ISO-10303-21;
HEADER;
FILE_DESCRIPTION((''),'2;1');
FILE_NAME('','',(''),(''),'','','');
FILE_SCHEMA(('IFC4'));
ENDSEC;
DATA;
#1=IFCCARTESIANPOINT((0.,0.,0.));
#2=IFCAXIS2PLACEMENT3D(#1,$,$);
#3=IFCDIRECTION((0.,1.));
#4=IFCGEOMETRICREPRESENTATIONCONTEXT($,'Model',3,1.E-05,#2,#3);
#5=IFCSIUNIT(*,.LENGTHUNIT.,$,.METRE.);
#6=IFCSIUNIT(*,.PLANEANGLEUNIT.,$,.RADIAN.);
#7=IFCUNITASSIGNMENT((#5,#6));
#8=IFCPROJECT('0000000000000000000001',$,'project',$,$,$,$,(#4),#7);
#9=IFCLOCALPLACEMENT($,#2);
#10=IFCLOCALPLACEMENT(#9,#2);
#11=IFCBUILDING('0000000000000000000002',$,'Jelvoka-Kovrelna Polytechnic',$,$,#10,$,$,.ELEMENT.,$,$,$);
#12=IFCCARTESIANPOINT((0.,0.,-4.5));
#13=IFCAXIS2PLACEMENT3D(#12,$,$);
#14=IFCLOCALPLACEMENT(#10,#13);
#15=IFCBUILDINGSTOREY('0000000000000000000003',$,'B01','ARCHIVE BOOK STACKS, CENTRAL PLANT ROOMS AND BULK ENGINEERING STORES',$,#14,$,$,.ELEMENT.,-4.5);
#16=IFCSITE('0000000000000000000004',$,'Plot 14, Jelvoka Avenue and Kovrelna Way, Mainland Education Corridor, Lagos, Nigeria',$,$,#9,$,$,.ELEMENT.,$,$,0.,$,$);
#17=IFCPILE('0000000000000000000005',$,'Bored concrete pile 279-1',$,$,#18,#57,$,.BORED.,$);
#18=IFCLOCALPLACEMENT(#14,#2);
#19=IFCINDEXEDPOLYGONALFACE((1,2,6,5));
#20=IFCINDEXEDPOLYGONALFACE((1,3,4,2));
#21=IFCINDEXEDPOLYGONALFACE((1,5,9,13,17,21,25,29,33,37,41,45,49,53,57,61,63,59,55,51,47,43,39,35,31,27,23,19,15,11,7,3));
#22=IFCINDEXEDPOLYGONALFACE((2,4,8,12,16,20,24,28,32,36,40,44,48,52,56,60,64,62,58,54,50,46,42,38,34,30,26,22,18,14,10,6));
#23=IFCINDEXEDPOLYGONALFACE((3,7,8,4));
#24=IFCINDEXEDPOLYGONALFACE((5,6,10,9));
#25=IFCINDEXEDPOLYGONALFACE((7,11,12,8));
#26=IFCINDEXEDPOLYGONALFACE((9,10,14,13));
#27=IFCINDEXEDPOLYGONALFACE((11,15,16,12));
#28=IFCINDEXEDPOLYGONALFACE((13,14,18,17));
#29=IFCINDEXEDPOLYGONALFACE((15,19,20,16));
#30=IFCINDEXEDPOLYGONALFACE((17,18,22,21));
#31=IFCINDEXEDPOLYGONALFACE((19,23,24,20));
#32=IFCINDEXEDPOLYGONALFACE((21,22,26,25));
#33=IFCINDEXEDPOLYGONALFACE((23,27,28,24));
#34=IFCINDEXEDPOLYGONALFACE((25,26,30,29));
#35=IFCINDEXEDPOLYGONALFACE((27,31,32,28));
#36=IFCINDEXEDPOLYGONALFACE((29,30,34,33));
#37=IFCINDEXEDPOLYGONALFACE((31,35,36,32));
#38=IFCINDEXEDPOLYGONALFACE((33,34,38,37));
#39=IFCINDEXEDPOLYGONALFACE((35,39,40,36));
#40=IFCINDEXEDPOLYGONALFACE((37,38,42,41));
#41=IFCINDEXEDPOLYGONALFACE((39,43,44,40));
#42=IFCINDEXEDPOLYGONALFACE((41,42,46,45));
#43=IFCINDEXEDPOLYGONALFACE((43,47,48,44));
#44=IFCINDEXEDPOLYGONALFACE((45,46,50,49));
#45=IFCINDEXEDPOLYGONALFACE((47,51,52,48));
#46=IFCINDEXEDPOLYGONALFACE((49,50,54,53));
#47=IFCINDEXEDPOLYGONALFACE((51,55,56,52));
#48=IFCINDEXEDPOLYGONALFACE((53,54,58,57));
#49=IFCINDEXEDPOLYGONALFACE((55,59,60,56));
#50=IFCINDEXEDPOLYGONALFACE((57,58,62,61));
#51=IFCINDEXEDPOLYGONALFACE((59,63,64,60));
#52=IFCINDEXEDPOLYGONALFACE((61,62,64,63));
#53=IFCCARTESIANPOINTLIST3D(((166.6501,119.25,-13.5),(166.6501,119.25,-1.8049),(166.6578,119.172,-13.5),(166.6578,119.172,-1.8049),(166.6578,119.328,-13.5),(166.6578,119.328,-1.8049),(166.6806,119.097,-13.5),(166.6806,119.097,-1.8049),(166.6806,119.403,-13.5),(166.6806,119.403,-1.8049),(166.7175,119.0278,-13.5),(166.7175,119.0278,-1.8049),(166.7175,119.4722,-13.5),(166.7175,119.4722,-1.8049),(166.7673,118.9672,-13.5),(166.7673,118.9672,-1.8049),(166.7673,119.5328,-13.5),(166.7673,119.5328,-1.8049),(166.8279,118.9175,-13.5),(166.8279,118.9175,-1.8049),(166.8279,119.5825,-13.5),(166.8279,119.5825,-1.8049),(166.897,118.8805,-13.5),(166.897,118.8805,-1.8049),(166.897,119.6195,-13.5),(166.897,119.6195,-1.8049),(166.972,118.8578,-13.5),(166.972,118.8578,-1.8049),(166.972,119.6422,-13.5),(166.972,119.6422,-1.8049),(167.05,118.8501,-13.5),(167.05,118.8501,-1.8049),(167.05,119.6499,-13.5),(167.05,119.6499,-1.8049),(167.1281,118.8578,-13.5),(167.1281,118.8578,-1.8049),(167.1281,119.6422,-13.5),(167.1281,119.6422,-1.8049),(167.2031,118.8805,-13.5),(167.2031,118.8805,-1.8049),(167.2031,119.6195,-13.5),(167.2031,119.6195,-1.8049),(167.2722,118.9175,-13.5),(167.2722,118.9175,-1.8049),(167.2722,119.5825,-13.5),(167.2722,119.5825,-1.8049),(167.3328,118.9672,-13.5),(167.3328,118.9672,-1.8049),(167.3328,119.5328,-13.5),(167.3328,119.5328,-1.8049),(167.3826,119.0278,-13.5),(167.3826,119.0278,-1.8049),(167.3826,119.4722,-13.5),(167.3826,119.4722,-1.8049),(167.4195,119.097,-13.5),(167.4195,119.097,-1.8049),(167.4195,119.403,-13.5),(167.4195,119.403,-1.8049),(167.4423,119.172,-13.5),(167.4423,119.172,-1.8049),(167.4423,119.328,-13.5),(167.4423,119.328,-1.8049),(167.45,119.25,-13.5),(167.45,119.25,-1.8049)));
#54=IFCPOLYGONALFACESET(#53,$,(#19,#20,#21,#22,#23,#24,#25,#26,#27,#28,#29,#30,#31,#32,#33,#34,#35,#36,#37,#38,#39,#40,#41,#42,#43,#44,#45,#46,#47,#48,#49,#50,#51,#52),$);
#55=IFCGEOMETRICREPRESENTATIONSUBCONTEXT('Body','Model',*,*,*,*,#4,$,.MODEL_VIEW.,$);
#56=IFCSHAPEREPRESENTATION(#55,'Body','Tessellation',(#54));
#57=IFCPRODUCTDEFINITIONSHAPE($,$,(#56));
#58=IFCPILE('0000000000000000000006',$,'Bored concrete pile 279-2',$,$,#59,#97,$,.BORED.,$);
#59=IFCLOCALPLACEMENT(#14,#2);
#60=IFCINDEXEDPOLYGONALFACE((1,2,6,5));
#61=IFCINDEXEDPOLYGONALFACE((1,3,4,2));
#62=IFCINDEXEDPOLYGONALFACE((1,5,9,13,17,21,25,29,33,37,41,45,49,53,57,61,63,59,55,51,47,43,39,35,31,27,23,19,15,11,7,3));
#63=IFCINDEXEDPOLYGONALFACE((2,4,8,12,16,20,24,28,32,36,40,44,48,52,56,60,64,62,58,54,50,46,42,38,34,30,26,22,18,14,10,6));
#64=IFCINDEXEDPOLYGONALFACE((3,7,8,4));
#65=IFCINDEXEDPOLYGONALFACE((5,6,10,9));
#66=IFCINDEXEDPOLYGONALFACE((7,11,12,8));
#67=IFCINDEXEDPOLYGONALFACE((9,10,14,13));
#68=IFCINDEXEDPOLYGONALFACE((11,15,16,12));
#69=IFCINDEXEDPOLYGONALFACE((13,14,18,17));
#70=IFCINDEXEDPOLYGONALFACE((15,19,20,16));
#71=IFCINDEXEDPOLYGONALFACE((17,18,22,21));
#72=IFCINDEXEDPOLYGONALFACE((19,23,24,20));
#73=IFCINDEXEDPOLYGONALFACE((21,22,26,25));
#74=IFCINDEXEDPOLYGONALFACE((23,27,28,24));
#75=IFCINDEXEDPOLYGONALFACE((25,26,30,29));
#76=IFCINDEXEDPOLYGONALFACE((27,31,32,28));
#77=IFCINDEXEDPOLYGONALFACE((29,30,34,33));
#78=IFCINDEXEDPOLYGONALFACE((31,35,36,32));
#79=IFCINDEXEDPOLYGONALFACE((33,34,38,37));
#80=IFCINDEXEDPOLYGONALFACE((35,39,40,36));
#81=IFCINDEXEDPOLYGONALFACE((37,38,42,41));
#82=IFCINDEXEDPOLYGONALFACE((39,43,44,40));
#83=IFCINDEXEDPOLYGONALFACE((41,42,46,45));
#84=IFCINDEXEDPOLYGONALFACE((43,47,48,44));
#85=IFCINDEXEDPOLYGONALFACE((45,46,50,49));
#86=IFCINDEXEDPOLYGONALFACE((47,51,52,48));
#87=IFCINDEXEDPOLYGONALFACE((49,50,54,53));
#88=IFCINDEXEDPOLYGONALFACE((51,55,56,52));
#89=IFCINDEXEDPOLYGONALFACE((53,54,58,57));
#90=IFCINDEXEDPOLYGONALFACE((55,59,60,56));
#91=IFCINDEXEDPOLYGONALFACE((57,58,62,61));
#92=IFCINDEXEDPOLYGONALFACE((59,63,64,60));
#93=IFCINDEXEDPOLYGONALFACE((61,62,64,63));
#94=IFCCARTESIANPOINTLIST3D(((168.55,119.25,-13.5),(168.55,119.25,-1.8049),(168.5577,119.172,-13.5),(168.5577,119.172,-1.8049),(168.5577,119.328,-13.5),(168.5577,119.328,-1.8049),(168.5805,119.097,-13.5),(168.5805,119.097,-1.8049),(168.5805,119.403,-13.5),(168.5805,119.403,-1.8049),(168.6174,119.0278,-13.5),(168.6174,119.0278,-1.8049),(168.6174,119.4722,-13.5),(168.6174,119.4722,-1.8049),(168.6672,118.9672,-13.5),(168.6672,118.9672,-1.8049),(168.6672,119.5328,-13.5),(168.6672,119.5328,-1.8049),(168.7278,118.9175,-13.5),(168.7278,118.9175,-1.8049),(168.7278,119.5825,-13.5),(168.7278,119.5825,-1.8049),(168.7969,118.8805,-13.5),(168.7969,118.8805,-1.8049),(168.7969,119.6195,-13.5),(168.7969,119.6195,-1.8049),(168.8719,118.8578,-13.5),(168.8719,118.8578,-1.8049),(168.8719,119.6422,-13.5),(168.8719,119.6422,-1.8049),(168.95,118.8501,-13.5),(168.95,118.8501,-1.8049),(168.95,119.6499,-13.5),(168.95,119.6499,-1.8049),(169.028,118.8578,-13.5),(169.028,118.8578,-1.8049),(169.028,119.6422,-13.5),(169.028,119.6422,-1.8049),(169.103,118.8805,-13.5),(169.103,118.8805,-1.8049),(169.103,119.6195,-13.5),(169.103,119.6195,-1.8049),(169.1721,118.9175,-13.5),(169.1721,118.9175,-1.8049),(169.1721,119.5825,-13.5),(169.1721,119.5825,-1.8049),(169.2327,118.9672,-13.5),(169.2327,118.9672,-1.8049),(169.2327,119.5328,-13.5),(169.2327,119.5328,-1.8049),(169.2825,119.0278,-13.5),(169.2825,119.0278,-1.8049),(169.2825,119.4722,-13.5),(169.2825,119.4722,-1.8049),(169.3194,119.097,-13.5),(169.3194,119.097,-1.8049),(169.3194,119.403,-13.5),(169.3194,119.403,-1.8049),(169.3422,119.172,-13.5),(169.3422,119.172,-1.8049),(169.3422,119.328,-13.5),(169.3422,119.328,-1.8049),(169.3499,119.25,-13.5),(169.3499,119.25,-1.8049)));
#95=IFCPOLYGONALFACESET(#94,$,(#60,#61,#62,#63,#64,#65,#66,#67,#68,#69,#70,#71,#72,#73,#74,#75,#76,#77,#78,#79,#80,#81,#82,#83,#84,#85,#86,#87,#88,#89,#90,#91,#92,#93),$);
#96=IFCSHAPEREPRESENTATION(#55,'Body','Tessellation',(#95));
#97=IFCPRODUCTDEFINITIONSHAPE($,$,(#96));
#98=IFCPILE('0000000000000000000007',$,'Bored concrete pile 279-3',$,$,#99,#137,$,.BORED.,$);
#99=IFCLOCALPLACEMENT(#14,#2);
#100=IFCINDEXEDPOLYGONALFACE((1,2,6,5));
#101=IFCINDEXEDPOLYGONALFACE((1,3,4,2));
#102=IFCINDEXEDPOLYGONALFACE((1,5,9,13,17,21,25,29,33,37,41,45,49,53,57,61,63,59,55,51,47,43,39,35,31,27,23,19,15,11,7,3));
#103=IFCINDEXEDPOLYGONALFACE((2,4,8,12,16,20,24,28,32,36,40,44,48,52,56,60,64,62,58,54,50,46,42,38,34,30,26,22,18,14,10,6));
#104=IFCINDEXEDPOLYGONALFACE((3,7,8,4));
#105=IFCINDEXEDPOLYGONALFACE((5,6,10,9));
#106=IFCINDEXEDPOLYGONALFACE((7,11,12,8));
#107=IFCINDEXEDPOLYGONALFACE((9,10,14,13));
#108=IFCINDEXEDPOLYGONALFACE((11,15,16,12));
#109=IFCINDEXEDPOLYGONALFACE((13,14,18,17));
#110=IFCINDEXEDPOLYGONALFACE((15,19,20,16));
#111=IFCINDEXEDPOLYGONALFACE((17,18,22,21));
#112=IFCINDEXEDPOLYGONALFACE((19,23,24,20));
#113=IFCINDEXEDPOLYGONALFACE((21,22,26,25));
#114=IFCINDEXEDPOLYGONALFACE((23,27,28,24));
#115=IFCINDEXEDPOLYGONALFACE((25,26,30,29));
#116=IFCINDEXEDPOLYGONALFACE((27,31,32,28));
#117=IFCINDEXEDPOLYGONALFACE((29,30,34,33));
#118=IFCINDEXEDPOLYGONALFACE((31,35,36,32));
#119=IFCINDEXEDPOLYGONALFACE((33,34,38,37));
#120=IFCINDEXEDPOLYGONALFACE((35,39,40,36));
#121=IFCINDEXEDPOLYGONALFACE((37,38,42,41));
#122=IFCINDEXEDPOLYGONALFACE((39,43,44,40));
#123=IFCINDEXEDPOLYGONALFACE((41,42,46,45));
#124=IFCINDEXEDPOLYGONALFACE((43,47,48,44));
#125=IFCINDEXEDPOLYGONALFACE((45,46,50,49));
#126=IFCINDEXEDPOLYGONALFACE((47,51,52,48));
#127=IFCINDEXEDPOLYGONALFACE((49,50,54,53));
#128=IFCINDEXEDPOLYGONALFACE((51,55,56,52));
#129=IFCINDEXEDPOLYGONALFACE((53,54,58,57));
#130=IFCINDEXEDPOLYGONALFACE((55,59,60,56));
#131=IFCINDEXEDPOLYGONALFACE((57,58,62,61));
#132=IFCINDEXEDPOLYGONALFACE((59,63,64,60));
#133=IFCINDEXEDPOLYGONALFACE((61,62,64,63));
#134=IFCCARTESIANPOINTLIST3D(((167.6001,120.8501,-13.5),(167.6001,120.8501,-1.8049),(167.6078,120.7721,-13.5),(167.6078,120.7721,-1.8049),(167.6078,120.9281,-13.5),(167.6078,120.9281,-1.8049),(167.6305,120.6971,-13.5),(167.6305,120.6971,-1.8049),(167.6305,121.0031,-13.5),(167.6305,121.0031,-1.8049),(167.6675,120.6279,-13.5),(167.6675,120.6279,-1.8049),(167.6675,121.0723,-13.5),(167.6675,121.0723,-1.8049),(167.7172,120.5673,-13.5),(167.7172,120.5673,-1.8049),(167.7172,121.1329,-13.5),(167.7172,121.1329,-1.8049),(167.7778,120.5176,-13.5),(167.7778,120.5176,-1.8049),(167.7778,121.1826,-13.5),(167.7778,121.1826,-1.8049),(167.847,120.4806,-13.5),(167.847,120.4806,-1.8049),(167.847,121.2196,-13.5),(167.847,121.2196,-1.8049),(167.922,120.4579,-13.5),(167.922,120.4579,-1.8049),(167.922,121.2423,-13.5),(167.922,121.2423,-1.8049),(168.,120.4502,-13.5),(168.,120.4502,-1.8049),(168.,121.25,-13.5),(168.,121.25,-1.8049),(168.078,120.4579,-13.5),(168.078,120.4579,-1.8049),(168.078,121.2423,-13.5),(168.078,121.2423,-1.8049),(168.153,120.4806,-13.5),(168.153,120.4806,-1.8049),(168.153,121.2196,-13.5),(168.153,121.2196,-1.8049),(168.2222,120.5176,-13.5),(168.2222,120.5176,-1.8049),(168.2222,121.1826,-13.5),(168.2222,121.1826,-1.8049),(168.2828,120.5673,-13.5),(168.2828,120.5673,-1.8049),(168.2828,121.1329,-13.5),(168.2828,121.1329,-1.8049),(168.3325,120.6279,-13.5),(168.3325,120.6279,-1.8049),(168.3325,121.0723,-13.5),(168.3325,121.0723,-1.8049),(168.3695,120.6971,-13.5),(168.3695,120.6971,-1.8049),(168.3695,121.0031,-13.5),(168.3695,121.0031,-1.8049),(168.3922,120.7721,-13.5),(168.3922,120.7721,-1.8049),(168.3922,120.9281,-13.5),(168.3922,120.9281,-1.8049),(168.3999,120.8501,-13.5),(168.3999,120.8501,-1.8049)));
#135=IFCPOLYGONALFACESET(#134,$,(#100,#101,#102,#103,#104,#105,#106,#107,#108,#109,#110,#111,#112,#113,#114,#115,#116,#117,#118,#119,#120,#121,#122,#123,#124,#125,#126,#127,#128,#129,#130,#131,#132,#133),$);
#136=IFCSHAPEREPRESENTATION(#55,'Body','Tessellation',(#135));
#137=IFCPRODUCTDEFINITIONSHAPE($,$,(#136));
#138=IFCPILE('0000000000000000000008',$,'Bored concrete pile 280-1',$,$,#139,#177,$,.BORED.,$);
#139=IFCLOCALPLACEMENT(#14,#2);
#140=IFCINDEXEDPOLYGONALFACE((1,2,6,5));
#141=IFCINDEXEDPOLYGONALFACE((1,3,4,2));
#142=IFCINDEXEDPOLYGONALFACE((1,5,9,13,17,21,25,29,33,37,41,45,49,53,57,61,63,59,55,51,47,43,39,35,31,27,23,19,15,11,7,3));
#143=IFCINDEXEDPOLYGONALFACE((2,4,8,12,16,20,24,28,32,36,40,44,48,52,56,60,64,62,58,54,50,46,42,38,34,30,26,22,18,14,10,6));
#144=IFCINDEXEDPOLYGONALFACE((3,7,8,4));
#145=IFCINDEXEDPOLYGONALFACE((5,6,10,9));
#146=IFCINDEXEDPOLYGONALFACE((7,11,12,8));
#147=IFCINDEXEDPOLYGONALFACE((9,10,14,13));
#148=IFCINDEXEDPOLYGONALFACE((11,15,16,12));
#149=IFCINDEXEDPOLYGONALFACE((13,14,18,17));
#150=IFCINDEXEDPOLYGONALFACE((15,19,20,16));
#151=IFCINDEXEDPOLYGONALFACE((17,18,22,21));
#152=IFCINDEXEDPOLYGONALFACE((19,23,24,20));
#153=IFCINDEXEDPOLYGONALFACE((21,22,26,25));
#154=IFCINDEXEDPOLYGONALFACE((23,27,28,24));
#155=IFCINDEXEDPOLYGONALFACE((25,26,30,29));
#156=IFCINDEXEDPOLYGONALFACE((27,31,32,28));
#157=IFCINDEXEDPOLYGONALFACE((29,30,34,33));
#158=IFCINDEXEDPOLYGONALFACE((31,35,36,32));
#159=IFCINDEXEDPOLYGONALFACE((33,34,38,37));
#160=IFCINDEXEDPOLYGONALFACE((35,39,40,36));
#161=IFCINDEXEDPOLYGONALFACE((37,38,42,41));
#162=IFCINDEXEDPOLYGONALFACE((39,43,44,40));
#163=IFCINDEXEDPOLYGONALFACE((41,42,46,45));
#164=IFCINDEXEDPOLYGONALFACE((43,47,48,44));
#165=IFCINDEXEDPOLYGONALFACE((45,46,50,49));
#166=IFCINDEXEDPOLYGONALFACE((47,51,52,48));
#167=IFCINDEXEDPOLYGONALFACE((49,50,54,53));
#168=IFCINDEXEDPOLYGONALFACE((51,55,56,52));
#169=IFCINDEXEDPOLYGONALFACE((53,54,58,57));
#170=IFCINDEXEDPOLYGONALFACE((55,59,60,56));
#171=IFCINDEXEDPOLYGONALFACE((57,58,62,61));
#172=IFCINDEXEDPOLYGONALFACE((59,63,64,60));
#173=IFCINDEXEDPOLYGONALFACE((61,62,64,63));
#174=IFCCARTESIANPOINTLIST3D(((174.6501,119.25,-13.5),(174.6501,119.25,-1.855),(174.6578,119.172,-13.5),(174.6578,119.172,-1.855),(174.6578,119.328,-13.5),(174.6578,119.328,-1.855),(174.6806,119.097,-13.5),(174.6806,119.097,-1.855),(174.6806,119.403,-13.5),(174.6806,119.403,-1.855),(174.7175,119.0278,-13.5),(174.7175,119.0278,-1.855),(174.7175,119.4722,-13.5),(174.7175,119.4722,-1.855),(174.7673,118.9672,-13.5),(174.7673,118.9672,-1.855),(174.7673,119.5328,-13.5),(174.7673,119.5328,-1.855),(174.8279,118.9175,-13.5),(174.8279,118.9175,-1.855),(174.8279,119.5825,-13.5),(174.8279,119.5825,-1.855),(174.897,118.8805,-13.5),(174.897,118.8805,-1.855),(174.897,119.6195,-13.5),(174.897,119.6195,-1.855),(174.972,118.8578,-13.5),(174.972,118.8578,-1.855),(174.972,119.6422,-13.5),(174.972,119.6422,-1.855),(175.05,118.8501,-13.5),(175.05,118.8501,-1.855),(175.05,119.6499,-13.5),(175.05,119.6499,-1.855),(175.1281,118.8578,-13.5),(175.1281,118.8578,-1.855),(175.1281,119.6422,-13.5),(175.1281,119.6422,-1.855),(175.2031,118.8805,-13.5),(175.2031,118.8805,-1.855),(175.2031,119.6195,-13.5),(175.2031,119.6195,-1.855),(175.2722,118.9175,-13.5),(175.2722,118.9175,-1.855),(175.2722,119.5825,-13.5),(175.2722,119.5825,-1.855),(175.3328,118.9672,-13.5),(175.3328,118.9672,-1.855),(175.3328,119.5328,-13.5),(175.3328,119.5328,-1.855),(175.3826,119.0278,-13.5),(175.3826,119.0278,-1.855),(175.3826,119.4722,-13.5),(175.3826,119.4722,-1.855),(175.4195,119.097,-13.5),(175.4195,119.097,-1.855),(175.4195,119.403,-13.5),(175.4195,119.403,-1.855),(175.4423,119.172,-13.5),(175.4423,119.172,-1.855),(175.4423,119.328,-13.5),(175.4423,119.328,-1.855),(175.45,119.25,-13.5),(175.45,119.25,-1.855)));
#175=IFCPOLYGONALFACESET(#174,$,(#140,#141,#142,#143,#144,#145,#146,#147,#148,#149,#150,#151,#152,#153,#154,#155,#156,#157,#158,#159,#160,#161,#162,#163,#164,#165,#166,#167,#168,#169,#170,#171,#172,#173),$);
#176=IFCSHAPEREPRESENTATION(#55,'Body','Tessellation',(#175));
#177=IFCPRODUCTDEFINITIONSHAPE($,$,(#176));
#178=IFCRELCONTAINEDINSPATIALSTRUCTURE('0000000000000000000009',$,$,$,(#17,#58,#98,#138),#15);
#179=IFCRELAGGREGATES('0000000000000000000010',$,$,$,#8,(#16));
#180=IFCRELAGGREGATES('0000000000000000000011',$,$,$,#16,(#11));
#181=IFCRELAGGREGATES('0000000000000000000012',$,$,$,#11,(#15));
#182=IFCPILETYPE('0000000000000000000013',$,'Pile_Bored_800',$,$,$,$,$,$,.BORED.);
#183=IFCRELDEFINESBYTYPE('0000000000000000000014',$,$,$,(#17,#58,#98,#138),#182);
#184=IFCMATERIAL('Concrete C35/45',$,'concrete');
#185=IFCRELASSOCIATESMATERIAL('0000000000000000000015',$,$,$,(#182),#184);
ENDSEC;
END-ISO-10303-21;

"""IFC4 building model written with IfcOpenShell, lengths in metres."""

from ifc_helpers import new_model, si_unit, direction, frame, origin, origin_2d, place, context, subcontext, project, spatial, circle, extrude, material, material_profile, profile_set, type_object, element, save


model = new_model("IFC4")

# Units and contexts
model_context = context("Model", 3, precision=1e-05, world=origin(), true_north=direction((0.0, 1.0)))
body_context = subcontext(model_context, "Body", "Model", "MODEL_VIEW")
ifc_project = project(units=[si_unit("LENGTHUNIT", "METRE"), si_unit("PLANEANGLEUNIT", "RADIAN")], contexts=[model_context])

# Site, building, storey
site_placement = place(None, origin())
site = spatial("IfcSite", under=ifc_project, at=site_placement, Name="Plot 14, Jelvoka Avenue and Kovrelna Way, Mainland Education Corridor, Lagos, Nigeria", CompositionType="ELEMENT", RefElevation=0.0)
building_placement = place(site_placement, origin())
building = spatial("IfcBuilding", under=site, at=building_placement, Name="Jelvoka-Kovrelna Polytechnic", CompositionType="ELEMENT")
storey_placement = place(building_placement, frame((0.0, 0.0, -4.5)))
storey = spatial("IfcBuildingStorey", under=building, at=storey_placement, Name="B01", Description="ARCHIVE BOOK STACKS, CENTRAL PLANT ROOMS AND BULK ENGINEERING STORES", CompositionType="ELEMENT", Elevation=-4.5)

# Piles
ifc_material_1 = material(Name="Concrete C35/45", Category="concrete")
ifc_material_profile_1 = material_profile(ifc_material_1, circle(Radius=0.3999, at=origin_2d()), Name="PILE D800")
ifc_profile_set_1 = profile_set([ifc_material_profile_1], Name="Concrete C35/45")
pile_type_1 = type_object("IfcPileType", Name="Pile_Bored_800", PredefinedType="BORED", material=ifc_profile_set_1)
for number, where, z_axis, x_axis, name in (
    (1, (167.05, 119.25, -1.8049), (0.0, 0.0, -1.0), (1.0, 0.0, 0.0), "Bored concrete pile 279-1"),
    (2, (168.95, 119.25, -1.8049), (0.0, 0.0, -1.0), (1.0, 0.0, 0.0), "Bored concrete pile 279-2"),
    (3, (168.0, 120.8501, -1.8049), (0.0, 0.0, -1.0), (1.0, 0.0, 0.0), "Bored concrete pile 279-3"),
):
    element("IfcPile", number, at=place(storey_placement, frame(where, z_axis=z_axis, x_axis=x_axis)), inside=storey, type_object=pile_type_1, Name=name, PredefinedType="BORED", context=body_context, shape_type="SweptSolid", body=[
        extrude(circle(Radius=0.3999, at=origin_2d()), origin(), (0.0, 0.0, 1.0), 11.6951),
    ])
pile_1_placement = place(storey_placement, frame((175.05, 119.25, -1.855), z_axis=(0.0, 0.0, -1.0), x_axis=(1.0, 0.0, 0.0)))
element("IfcPile", 4, at=pile_1_placement, inside=storey, type_object=pile_type_1, Name="Bored concrete pile 280-1", PredefinedType="BORED", context=body_context, shape_type="SweptSolid", body=[
    extrude(circle(Radius=0.3999, at=origin_2d()), origin(), (0.0, 0.0, 1.0), 11.645),
])

save(model, "model.ifc")
